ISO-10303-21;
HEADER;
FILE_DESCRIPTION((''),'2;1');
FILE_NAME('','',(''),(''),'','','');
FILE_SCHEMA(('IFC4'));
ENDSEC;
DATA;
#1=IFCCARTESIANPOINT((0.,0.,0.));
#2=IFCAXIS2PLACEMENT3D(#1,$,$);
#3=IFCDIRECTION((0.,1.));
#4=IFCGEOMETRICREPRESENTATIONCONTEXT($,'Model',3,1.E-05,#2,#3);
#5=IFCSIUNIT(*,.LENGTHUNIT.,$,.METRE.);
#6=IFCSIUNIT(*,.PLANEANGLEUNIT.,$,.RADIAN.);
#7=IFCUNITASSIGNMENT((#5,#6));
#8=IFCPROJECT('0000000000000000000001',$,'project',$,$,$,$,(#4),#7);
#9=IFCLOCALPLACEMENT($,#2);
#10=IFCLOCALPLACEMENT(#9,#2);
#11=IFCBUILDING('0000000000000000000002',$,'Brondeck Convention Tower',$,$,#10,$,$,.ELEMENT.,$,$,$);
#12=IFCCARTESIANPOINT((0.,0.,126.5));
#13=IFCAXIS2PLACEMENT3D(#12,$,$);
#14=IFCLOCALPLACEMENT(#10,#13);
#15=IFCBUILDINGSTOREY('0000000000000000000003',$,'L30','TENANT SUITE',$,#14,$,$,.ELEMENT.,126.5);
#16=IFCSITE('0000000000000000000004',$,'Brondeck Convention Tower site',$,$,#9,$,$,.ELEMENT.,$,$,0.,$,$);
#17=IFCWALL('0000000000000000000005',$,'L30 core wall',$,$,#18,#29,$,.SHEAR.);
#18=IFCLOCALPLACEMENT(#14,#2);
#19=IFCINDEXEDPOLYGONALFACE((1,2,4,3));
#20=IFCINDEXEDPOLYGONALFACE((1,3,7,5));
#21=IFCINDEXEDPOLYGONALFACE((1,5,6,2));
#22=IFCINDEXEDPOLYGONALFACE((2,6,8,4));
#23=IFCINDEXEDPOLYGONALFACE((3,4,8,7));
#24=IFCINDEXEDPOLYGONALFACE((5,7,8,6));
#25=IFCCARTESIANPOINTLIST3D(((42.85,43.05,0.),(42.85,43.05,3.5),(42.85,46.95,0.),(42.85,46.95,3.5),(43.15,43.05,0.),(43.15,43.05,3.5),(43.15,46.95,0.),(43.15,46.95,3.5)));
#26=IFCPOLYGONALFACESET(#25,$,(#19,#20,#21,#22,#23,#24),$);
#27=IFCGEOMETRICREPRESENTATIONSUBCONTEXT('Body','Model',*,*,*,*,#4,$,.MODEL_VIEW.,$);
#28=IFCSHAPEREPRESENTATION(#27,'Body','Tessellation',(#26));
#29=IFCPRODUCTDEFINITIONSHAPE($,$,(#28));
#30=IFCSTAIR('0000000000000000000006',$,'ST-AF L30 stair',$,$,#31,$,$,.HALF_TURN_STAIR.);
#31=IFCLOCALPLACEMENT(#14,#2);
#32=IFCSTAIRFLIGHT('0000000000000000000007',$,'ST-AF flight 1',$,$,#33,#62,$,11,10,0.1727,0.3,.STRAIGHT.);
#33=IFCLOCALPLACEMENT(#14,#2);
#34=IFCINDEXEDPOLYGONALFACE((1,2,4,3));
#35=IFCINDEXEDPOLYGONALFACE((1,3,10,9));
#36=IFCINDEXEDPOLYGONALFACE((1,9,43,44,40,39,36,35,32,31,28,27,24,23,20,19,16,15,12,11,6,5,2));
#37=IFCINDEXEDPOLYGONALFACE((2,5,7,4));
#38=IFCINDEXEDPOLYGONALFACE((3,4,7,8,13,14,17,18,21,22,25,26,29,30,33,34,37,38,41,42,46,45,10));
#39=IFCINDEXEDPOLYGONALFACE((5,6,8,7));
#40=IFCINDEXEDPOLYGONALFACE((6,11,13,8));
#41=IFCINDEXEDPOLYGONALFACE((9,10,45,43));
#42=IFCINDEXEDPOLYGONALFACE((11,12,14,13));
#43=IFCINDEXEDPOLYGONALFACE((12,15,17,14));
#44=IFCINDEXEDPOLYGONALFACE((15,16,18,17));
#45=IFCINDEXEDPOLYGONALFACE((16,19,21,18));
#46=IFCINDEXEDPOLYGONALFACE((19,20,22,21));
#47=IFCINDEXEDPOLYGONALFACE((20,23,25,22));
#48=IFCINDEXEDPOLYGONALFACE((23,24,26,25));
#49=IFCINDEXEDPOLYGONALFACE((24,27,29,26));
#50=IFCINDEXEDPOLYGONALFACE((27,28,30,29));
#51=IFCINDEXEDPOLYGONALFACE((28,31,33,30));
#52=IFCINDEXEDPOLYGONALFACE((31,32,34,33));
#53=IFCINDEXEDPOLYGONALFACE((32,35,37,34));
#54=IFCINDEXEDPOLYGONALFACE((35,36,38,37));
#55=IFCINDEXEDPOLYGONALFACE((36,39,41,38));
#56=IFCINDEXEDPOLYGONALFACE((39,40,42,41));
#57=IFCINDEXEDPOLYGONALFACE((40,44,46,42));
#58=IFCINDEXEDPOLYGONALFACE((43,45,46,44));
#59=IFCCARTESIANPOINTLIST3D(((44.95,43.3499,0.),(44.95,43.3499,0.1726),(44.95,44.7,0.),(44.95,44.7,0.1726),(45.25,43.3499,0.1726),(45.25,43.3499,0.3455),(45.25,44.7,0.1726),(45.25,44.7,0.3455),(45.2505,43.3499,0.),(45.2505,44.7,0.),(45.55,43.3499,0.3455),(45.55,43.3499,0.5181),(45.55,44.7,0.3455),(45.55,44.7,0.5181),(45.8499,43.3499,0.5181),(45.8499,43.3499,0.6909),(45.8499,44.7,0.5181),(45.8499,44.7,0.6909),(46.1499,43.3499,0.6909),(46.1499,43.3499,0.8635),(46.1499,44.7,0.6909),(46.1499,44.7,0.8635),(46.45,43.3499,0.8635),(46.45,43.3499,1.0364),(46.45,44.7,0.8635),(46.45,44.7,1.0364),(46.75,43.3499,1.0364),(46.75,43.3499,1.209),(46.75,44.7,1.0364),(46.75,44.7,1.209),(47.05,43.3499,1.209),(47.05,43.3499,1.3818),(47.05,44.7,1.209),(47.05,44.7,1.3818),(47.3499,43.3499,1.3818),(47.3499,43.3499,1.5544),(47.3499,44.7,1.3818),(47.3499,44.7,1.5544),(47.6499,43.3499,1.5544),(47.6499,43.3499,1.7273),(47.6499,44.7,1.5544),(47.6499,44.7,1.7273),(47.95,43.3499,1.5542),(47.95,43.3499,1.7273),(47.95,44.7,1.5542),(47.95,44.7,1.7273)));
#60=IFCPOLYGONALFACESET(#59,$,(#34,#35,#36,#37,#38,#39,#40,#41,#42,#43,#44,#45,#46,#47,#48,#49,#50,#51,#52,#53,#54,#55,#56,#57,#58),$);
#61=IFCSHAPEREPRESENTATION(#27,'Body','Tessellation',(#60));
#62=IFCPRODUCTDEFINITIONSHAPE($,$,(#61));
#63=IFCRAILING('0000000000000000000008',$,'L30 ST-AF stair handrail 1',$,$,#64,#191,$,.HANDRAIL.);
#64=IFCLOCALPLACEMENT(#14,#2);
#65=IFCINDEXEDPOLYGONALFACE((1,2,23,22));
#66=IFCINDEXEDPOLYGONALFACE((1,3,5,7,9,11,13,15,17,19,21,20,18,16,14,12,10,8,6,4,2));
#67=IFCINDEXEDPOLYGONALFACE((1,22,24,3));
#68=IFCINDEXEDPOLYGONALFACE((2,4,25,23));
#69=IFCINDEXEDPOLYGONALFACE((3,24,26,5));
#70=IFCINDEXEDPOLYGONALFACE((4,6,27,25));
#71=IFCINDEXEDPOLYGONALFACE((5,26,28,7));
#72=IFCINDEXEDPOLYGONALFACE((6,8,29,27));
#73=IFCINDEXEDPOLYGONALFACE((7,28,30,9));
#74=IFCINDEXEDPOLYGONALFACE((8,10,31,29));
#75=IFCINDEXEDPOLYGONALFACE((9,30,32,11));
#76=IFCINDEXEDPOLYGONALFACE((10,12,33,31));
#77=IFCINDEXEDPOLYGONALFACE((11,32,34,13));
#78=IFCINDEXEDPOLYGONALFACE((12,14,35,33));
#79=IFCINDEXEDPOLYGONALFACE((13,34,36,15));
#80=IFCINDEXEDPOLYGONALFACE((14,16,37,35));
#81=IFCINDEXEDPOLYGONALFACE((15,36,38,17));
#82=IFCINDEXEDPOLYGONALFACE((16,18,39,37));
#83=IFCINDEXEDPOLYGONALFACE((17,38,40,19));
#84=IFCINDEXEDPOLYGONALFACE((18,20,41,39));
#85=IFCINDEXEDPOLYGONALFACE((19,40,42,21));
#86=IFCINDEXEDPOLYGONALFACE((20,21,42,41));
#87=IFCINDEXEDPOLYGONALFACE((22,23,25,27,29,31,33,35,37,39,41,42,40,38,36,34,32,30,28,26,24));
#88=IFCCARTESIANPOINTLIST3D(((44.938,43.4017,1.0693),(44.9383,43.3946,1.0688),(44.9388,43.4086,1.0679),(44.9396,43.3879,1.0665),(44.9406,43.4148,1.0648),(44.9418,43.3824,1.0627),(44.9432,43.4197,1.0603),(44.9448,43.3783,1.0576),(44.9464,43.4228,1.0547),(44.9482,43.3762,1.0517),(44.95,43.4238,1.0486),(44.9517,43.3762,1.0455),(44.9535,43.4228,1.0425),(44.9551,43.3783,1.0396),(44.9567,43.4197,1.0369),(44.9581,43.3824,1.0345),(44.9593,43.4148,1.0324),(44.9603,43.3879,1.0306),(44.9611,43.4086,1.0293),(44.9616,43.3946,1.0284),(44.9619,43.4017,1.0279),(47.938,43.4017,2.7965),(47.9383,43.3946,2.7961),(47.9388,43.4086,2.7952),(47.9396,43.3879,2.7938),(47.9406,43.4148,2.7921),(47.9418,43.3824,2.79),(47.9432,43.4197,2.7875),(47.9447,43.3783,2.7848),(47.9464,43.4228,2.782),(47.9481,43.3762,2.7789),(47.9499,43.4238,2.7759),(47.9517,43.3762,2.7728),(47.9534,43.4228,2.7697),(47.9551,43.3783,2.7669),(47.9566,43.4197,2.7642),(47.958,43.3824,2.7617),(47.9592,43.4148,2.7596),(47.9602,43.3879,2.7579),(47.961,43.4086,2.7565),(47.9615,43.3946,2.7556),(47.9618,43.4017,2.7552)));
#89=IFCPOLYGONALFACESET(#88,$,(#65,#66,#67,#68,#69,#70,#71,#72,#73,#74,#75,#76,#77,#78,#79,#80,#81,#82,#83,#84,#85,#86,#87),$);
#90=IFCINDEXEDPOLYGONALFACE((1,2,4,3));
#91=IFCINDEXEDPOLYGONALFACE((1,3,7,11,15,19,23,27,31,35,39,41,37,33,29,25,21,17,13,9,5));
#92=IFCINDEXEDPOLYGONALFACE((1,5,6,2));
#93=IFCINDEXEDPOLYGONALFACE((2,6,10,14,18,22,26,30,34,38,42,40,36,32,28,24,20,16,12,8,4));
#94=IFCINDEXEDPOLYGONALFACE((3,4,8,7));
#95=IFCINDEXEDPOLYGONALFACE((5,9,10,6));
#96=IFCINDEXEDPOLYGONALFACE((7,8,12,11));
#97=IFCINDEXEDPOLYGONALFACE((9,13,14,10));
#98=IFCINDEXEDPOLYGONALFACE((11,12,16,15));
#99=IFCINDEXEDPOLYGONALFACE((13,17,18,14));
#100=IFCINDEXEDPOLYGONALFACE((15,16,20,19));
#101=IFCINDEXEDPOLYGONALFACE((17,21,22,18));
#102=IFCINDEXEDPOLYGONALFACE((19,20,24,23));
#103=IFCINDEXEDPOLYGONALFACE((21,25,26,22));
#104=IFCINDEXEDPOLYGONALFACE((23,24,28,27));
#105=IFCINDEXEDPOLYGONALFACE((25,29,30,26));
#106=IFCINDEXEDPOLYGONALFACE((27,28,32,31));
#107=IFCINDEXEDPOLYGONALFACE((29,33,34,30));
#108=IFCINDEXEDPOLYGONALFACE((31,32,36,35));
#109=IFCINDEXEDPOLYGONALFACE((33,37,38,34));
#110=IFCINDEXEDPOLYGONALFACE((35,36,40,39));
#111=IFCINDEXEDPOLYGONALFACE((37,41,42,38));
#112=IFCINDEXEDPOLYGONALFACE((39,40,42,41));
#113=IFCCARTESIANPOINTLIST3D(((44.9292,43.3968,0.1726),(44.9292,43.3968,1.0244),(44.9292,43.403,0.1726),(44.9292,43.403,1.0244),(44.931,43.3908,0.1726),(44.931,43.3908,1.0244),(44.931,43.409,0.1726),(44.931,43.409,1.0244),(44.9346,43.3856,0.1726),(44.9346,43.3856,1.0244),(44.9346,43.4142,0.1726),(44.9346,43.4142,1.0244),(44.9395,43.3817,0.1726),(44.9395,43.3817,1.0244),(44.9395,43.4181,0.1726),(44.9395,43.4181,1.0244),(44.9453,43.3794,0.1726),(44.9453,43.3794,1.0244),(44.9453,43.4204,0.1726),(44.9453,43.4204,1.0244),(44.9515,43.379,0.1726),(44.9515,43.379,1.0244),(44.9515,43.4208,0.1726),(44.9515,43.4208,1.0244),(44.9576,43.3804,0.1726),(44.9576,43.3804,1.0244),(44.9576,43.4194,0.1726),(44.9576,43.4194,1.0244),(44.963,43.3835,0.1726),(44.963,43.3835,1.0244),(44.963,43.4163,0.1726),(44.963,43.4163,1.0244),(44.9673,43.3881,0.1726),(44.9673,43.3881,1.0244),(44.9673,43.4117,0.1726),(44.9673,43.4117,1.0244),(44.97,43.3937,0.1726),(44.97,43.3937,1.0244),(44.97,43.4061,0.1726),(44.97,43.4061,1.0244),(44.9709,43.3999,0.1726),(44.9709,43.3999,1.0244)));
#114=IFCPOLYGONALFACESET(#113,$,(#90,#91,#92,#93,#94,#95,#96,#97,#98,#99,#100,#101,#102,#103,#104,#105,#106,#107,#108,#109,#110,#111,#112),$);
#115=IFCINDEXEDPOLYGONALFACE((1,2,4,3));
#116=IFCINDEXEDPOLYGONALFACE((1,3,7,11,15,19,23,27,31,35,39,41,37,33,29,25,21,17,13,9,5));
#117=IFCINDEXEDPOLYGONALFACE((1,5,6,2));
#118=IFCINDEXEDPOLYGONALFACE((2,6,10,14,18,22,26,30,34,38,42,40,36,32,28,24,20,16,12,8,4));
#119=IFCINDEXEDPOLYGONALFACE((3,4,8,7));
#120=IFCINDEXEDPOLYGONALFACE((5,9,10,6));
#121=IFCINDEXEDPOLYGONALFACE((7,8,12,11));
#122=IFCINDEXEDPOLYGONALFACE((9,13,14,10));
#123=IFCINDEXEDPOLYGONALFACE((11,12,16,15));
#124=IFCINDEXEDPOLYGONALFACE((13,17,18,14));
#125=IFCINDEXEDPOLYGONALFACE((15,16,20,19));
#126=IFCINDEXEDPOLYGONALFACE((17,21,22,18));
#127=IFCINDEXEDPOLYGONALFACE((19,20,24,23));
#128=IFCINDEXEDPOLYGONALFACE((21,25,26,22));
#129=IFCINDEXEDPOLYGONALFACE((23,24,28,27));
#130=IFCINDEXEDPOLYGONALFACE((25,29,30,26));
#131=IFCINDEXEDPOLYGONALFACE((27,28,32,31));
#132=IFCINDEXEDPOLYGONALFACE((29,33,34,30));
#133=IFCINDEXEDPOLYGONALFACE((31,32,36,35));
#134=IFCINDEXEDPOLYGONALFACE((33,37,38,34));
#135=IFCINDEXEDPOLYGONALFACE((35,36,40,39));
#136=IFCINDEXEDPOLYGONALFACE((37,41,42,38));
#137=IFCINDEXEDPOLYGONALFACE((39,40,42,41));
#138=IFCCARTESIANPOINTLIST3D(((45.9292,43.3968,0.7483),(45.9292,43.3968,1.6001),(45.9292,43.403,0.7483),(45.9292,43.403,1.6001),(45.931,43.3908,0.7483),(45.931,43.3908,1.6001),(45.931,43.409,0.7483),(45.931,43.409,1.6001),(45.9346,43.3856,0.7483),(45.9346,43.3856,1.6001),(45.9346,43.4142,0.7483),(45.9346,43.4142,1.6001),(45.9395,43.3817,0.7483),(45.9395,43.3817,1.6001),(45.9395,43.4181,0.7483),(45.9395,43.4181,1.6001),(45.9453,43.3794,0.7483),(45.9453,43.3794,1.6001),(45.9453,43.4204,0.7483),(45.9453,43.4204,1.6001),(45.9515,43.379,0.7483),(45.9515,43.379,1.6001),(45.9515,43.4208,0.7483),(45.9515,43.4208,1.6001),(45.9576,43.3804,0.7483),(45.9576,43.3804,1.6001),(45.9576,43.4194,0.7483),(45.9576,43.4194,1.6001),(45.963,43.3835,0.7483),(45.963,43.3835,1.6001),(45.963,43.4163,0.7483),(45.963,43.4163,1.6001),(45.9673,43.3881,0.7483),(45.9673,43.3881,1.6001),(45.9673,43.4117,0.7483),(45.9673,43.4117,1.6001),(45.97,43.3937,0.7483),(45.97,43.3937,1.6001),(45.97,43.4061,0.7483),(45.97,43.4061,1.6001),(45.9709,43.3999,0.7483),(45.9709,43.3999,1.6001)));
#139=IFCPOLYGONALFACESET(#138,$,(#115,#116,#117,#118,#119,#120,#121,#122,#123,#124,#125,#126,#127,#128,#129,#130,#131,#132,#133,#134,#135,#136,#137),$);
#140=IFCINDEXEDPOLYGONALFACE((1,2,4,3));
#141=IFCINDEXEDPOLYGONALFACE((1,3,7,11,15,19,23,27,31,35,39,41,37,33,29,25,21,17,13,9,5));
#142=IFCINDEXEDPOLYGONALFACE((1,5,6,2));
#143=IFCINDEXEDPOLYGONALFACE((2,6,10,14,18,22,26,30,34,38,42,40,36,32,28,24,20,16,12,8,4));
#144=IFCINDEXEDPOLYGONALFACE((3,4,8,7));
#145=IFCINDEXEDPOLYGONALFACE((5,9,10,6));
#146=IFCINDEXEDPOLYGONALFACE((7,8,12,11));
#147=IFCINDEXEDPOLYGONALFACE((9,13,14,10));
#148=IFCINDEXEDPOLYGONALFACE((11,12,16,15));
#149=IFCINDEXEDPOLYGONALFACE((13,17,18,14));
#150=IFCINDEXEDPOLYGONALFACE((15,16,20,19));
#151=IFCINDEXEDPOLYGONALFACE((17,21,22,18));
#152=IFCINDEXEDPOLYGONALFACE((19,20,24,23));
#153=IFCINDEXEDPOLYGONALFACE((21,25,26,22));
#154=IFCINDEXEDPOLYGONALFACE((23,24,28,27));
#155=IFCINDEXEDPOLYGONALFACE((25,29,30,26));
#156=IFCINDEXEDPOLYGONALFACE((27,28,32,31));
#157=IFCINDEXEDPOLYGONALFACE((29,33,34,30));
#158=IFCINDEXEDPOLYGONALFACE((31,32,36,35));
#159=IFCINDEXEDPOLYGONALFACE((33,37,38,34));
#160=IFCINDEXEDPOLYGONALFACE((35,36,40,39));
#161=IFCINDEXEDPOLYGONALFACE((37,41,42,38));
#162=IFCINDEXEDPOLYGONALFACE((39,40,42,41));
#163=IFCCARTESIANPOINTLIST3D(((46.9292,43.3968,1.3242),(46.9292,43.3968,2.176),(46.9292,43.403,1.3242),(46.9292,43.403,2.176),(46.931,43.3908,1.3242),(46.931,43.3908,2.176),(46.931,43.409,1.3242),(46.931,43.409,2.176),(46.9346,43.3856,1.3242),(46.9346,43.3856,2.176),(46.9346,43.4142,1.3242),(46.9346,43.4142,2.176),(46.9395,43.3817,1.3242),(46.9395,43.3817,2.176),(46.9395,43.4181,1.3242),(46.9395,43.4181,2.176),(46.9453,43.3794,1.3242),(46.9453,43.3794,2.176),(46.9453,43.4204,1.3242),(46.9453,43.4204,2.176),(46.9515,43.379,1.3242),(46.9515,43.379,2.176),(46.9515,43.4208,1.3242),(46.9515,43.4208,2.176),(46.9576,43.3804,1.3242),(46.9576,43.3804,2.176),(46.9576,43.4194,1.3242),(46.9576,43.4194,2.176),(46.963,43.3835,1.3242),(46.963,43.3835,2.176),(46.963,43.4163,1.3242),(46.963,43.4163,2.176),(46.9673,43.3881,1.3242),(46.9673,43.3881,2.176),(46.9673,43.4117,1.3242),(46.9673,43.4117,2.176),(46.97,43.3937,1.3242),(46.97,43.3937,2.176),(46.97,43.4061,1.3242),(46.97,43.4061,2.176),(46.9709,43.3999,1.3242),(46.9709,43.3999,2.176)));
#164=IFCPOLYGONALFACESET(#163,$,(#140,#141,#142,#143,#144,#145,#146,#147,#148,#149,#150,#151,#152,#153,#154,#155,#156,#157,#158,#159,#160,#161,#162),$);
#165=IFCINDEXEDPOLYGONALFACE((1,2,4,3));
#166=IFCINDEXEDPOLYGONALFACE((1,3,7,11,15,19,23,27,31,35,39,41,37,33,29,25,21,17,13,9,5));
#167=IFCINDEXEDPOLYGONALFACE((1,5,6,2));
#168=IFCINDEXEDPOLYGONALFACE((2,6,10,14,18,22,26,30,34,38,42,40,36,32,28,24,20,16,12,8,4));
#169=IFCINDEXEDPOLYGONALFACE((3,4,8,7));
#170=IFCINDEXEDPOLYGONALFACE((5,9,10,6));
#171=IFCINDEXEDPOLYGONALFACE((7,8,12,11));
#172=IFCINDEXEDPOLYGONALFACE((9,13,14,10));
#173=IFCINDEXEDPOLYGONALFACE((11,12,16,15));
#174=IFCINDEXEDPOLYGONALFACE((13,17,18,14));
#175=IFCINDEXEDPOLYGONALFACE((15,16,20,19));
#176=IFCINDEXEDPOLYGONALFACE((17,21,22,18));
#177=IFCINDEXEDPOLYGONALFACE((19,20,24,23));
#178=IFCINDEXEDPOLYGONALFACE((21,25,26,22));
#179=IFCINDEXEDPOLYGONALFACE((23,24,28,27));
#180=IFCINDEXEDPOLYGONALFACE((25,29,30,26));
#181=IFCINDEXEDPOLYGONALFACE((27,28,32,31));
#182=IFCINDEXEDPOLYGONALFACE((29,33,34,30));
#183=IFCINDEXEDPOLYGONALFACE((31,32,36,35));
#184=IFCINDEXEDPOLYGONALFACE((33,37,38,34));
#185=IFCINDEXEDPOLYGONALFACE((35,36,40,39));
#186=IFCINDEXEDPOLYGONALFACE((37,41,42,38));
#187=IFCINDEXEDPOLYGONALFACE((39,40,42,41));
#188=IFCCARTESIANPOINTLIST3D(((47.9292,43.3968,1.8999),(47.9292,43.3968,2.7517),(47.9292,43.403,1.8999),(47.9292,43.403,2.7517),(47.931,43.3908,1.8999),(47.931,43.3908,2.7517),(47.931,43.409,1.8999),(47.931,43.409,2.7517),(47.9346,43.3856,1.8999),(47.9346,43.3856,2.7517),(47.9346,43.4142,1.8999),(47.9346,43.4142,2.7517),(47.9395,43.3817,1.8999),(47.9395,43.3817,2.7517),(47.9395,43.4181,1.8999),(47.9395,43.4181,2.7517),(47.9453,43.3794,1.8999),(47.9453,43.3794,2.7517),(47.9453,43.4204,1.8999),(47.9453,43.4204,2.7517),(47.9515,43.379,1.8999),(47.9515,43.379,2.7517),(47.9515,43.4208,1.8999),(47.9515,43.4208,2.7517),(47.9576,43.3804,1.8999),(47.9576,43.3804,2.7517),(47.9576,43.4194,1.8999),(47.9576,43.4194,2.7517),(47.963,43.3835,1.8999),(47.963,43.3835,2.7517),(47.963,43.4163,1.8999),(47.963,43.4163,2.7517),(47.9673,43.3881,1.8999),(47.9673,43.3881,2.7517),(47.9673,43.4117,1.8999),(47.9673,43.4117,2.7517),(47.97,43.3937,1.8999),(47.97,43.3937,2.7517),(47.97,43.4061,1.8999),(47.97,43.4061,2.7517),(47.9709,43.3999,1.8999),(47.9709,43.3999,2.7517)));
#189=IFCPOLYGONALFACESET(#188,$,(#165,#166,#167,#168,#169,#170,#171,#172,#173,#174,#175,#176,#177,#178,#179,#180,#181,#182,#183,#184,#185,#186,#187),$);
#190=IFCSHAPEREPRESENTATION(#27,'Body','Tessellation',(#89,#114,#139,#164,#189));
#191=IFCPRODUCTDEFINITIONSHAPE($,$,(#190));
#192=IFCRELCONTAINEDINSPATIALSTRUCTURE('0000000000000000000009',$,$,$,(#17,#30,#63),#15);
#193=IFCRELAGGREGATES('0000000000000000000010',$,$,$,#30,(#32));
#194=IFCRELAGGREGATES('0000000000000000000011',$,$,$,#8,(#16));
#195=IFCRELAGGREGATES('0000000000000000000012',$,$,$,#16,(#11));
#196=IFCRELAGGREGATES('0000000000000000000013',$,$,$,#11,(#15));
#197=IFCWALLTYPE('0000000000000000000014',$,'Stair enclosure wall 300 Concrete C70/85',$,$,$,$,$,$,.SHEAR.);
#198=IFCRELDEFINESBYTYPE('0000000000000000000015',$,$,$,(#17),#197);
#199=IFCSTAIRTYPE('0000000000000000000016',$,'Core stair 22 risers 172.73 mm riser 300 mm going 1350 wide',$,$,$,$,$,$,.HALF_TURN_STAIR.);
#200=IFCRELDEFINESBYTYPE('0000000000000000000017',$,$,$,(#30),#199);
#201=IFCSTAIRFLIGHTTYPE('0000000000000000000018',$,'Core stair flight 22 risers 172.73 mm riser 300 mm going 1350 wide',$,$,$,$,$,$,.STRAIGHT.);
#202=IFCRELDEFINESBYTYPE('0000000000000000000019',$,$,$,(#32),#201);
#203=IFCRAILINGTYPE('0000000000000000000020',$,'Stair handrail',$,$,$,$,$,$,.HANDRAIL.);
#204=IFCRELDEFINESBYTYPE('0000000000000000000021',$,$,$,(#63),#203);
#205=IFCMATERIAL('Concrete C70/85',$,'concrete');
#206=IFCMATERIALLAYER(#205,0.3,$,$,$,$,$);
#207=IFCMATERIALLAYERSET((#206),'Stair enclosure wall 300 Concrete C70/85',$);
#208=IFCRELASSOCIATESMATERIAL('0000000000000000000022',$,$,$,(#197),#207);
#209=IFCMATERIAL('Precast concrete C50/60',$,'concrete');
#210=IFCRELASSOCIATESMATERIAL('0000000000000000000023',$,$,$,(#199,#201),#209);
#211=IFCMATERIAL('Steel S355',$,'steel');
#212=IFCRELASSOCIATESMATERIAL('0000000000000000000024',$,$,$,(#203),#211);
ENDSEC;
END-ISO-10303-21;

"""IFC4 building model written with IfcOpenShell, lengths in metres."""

from ifc_helpers import new_model, si_unit, direction, frame, frame_2d, origin, origin_2d, place, context, subcontext, project, spatial, polyline, rectangle, circle, outline, extrude, material, layer, layer_set, type_object, element, aggregate, save


model = new_model("IFC4")

# Units and contexts
model_context = context("Model", 3, precision=1e-05, world=origin(), true_north=direction((0.0, 1.0)))
body_context = subcontext(model_context, "Body", "Model", "MODEL_VIEW")
ifc_project = project(units=[si_unit("LENGTHUNIT", "METRE"), si_unit("PLANEANGLEUNIT", "RADIAN")], contexts=[model_context])

# Site, building, storey
site_placement = place(None, origin())
site = spatial("IfcSite", under=ifc_project, at=site_placement, Name="Brondeck Convention Tower site", CompositionType="ELEMENT", RefElevation=0.0)
building_placement = place(site_placement, origin())
building = spatial("IfcBuilding", under=site, at=building_placement, Name="Brondeck Convention Tower", CompositionType="ELEMENT")
storey_placement = place(building_placement, frame((0.0, 0.0, 126.5)))
storey = spatial("IfcBuildingStorey", under=building, at=storey_placement, Name="L30", Description="TENANT SUITE", CompositionType="ELEMENT", Elevation=126.5)

# Shared definitions
ifc_material_1 = material(Name="Concrete C70/85", Category="concrete")

# Shared definitions
ifc_material_2 = material(Name="Steel S355", Category="steel")

# Shared definitions
ifc_layer_1 = layer(ifc_material_1, 0.3)
ifc_layer_set_1 = layer_set([ifc_layer_1], Name="Stair enclosure wall 300 Concrete C70/85")
wall_type_1 = type_object("IfcWallType", Name="Stair enclosure wall 300 Concrete C70/85", PredefinedType="SHEAR", material=ifc_layer_set_1)

# Wall
wall_1_placement = place(storey_placement, frame((43.0, 43.05, 0.0), z_axis=(0.0, 0.0, 1.0), x_axis=(0.0, 1.0, 0.0)))
element("IfcWall", 1, at=wall_1_placement, inside=storey, type_object=wall_type_1, Name="L30 core wall", PredefinedType="SHEAR", context=body_context, shape_type="SweptSolid", body=[
    extrude(rectangle(XDim=3.8999, YDim=0.3, at=frame_2d((1.95, 0.0))), origin(), (0.0, 0.0, 1.0), 3.5),
])

# Stair, stair flight
ifc_material_3 = material(Name="Precast concrete C50/60", Category="concrete")
stair_type = type_object("IfcStairType", Name="Core stair 22 risers 172.73 mm riser 300 mm going 1350 wide", PredefinedType="HALF_TURN_STAIR", material=ifc_material_3)
stair_placement = place(storey_placement, origin())
stair = element("IfcStair", 2, at=stair_placement, inside=storey, type_object=stair_type, Name="ST-AF L30 stair", PredefinedType="HALF_TURN_STAIR")
stair_flight_type = type_object("IfcStairFlightType", Name="Core stair flight 22 risers 172.73 mm riser 300 mm going 1350 wide", PredefinedType="STRAIGHT", material=ifc_material_3)
stair_flight_placement = place(storey_placement, frame((44.95, 44.0249, 0.0), z_axis=(0.0, 0.0, 1.0), x_axis=(1.0, 0.0, 0.0)))
stair_flight = element("IfcStairFlight", 3, at=stair_flight_placement, type_object=stair_flight_type, Name="ST-AF flight 1", NumberOfRisers=11, NumberOfTreads=10, PredefinedType="STRAIGHT", RiserHeight=0.1727, TreadLength=0.3, context=body_context, shape_type="SweptSolid", body=[
    extrude(outline(polyline([(0.0, 0.0), (0.0, 0.1726), (0.3, 0.1726), (0.3, 0.3455), (0.6001, 0.3455), (0.6001, 0.5181), (0.8999, 0.5181), (0.8999, 0.6909), (1.2, 0.6909), (1.2, 0.8635), (1.5, 0.8635), (1.5, 1.0364), (1.8, 1.0364), (1.8, 1.209), (2.1001, 1.209), (2.1001, 1.3818), (2.3999, 1.3818), (2.3999, 1.5544), (2.7, 1.5544), (2.7, 1.7273), (3.0, 1.7273), (3.0, 1.8999), (3.0, 1.5542), (0.3005, 0.0), (0.0, 0.0)])), frame((0.0, 0.675, 0.0), z_axis=(0.0, -1.0, 0.0), x_axis=(1.0, 0.0, 0.0)), (0.0, 0.0, 1.0), 1.3501),
])
aggregate(stair, [stair_flight])

# Railing
railing_type = type_object("IfcRailingType", Name="Stair handrail", PredefinedType="HANDRAIL", material=ifc_material_2)
railing_placement = place(storey_placement, frame((44.95, 43.3999, 0.1726)))
element("IfcRailing", 4, at=railing_placement, inside=storey, type_object=railing_type, Name="L30 ST-AF stair handrail 1", PredefinedType="HANDRAIL", context=body_context, shape_type="SweptSolid", body=[
    extrude(circle(Radius=0.0239, at=origin_2d()), frame((0.0, 0.0, 0.876), z_axis=(0.86662, 0.0, 0.498969), x_axis=(0.0, 1.0, 0.0)), (0.0, 0.0, 1.0), 3.4617),
    extrude(circle(Radius=0.021, at=origin_2d()), origin(), (0.0, 0.0, 1.0), 0.8518),
    extrude(circle(Radius=0.021, at=origin_2d()), frame((1.0, 0.0, 0.5757)), (0.0, 0.0, 1.0), 0.8518),
    extrude(circle(Radius=0.021, at=origin_2d()), frame((2.0, 0.0, 1.1516)), (0.0, 0.0, 1.0), 0.8518),
    extrude(circle(Radius=0.021, at=origin_2d()), frame((3.0, 0.0, 1.7273)), (0.0, 0.0, 1.0), 0.8518),
])

save(model, "model.ifc")
